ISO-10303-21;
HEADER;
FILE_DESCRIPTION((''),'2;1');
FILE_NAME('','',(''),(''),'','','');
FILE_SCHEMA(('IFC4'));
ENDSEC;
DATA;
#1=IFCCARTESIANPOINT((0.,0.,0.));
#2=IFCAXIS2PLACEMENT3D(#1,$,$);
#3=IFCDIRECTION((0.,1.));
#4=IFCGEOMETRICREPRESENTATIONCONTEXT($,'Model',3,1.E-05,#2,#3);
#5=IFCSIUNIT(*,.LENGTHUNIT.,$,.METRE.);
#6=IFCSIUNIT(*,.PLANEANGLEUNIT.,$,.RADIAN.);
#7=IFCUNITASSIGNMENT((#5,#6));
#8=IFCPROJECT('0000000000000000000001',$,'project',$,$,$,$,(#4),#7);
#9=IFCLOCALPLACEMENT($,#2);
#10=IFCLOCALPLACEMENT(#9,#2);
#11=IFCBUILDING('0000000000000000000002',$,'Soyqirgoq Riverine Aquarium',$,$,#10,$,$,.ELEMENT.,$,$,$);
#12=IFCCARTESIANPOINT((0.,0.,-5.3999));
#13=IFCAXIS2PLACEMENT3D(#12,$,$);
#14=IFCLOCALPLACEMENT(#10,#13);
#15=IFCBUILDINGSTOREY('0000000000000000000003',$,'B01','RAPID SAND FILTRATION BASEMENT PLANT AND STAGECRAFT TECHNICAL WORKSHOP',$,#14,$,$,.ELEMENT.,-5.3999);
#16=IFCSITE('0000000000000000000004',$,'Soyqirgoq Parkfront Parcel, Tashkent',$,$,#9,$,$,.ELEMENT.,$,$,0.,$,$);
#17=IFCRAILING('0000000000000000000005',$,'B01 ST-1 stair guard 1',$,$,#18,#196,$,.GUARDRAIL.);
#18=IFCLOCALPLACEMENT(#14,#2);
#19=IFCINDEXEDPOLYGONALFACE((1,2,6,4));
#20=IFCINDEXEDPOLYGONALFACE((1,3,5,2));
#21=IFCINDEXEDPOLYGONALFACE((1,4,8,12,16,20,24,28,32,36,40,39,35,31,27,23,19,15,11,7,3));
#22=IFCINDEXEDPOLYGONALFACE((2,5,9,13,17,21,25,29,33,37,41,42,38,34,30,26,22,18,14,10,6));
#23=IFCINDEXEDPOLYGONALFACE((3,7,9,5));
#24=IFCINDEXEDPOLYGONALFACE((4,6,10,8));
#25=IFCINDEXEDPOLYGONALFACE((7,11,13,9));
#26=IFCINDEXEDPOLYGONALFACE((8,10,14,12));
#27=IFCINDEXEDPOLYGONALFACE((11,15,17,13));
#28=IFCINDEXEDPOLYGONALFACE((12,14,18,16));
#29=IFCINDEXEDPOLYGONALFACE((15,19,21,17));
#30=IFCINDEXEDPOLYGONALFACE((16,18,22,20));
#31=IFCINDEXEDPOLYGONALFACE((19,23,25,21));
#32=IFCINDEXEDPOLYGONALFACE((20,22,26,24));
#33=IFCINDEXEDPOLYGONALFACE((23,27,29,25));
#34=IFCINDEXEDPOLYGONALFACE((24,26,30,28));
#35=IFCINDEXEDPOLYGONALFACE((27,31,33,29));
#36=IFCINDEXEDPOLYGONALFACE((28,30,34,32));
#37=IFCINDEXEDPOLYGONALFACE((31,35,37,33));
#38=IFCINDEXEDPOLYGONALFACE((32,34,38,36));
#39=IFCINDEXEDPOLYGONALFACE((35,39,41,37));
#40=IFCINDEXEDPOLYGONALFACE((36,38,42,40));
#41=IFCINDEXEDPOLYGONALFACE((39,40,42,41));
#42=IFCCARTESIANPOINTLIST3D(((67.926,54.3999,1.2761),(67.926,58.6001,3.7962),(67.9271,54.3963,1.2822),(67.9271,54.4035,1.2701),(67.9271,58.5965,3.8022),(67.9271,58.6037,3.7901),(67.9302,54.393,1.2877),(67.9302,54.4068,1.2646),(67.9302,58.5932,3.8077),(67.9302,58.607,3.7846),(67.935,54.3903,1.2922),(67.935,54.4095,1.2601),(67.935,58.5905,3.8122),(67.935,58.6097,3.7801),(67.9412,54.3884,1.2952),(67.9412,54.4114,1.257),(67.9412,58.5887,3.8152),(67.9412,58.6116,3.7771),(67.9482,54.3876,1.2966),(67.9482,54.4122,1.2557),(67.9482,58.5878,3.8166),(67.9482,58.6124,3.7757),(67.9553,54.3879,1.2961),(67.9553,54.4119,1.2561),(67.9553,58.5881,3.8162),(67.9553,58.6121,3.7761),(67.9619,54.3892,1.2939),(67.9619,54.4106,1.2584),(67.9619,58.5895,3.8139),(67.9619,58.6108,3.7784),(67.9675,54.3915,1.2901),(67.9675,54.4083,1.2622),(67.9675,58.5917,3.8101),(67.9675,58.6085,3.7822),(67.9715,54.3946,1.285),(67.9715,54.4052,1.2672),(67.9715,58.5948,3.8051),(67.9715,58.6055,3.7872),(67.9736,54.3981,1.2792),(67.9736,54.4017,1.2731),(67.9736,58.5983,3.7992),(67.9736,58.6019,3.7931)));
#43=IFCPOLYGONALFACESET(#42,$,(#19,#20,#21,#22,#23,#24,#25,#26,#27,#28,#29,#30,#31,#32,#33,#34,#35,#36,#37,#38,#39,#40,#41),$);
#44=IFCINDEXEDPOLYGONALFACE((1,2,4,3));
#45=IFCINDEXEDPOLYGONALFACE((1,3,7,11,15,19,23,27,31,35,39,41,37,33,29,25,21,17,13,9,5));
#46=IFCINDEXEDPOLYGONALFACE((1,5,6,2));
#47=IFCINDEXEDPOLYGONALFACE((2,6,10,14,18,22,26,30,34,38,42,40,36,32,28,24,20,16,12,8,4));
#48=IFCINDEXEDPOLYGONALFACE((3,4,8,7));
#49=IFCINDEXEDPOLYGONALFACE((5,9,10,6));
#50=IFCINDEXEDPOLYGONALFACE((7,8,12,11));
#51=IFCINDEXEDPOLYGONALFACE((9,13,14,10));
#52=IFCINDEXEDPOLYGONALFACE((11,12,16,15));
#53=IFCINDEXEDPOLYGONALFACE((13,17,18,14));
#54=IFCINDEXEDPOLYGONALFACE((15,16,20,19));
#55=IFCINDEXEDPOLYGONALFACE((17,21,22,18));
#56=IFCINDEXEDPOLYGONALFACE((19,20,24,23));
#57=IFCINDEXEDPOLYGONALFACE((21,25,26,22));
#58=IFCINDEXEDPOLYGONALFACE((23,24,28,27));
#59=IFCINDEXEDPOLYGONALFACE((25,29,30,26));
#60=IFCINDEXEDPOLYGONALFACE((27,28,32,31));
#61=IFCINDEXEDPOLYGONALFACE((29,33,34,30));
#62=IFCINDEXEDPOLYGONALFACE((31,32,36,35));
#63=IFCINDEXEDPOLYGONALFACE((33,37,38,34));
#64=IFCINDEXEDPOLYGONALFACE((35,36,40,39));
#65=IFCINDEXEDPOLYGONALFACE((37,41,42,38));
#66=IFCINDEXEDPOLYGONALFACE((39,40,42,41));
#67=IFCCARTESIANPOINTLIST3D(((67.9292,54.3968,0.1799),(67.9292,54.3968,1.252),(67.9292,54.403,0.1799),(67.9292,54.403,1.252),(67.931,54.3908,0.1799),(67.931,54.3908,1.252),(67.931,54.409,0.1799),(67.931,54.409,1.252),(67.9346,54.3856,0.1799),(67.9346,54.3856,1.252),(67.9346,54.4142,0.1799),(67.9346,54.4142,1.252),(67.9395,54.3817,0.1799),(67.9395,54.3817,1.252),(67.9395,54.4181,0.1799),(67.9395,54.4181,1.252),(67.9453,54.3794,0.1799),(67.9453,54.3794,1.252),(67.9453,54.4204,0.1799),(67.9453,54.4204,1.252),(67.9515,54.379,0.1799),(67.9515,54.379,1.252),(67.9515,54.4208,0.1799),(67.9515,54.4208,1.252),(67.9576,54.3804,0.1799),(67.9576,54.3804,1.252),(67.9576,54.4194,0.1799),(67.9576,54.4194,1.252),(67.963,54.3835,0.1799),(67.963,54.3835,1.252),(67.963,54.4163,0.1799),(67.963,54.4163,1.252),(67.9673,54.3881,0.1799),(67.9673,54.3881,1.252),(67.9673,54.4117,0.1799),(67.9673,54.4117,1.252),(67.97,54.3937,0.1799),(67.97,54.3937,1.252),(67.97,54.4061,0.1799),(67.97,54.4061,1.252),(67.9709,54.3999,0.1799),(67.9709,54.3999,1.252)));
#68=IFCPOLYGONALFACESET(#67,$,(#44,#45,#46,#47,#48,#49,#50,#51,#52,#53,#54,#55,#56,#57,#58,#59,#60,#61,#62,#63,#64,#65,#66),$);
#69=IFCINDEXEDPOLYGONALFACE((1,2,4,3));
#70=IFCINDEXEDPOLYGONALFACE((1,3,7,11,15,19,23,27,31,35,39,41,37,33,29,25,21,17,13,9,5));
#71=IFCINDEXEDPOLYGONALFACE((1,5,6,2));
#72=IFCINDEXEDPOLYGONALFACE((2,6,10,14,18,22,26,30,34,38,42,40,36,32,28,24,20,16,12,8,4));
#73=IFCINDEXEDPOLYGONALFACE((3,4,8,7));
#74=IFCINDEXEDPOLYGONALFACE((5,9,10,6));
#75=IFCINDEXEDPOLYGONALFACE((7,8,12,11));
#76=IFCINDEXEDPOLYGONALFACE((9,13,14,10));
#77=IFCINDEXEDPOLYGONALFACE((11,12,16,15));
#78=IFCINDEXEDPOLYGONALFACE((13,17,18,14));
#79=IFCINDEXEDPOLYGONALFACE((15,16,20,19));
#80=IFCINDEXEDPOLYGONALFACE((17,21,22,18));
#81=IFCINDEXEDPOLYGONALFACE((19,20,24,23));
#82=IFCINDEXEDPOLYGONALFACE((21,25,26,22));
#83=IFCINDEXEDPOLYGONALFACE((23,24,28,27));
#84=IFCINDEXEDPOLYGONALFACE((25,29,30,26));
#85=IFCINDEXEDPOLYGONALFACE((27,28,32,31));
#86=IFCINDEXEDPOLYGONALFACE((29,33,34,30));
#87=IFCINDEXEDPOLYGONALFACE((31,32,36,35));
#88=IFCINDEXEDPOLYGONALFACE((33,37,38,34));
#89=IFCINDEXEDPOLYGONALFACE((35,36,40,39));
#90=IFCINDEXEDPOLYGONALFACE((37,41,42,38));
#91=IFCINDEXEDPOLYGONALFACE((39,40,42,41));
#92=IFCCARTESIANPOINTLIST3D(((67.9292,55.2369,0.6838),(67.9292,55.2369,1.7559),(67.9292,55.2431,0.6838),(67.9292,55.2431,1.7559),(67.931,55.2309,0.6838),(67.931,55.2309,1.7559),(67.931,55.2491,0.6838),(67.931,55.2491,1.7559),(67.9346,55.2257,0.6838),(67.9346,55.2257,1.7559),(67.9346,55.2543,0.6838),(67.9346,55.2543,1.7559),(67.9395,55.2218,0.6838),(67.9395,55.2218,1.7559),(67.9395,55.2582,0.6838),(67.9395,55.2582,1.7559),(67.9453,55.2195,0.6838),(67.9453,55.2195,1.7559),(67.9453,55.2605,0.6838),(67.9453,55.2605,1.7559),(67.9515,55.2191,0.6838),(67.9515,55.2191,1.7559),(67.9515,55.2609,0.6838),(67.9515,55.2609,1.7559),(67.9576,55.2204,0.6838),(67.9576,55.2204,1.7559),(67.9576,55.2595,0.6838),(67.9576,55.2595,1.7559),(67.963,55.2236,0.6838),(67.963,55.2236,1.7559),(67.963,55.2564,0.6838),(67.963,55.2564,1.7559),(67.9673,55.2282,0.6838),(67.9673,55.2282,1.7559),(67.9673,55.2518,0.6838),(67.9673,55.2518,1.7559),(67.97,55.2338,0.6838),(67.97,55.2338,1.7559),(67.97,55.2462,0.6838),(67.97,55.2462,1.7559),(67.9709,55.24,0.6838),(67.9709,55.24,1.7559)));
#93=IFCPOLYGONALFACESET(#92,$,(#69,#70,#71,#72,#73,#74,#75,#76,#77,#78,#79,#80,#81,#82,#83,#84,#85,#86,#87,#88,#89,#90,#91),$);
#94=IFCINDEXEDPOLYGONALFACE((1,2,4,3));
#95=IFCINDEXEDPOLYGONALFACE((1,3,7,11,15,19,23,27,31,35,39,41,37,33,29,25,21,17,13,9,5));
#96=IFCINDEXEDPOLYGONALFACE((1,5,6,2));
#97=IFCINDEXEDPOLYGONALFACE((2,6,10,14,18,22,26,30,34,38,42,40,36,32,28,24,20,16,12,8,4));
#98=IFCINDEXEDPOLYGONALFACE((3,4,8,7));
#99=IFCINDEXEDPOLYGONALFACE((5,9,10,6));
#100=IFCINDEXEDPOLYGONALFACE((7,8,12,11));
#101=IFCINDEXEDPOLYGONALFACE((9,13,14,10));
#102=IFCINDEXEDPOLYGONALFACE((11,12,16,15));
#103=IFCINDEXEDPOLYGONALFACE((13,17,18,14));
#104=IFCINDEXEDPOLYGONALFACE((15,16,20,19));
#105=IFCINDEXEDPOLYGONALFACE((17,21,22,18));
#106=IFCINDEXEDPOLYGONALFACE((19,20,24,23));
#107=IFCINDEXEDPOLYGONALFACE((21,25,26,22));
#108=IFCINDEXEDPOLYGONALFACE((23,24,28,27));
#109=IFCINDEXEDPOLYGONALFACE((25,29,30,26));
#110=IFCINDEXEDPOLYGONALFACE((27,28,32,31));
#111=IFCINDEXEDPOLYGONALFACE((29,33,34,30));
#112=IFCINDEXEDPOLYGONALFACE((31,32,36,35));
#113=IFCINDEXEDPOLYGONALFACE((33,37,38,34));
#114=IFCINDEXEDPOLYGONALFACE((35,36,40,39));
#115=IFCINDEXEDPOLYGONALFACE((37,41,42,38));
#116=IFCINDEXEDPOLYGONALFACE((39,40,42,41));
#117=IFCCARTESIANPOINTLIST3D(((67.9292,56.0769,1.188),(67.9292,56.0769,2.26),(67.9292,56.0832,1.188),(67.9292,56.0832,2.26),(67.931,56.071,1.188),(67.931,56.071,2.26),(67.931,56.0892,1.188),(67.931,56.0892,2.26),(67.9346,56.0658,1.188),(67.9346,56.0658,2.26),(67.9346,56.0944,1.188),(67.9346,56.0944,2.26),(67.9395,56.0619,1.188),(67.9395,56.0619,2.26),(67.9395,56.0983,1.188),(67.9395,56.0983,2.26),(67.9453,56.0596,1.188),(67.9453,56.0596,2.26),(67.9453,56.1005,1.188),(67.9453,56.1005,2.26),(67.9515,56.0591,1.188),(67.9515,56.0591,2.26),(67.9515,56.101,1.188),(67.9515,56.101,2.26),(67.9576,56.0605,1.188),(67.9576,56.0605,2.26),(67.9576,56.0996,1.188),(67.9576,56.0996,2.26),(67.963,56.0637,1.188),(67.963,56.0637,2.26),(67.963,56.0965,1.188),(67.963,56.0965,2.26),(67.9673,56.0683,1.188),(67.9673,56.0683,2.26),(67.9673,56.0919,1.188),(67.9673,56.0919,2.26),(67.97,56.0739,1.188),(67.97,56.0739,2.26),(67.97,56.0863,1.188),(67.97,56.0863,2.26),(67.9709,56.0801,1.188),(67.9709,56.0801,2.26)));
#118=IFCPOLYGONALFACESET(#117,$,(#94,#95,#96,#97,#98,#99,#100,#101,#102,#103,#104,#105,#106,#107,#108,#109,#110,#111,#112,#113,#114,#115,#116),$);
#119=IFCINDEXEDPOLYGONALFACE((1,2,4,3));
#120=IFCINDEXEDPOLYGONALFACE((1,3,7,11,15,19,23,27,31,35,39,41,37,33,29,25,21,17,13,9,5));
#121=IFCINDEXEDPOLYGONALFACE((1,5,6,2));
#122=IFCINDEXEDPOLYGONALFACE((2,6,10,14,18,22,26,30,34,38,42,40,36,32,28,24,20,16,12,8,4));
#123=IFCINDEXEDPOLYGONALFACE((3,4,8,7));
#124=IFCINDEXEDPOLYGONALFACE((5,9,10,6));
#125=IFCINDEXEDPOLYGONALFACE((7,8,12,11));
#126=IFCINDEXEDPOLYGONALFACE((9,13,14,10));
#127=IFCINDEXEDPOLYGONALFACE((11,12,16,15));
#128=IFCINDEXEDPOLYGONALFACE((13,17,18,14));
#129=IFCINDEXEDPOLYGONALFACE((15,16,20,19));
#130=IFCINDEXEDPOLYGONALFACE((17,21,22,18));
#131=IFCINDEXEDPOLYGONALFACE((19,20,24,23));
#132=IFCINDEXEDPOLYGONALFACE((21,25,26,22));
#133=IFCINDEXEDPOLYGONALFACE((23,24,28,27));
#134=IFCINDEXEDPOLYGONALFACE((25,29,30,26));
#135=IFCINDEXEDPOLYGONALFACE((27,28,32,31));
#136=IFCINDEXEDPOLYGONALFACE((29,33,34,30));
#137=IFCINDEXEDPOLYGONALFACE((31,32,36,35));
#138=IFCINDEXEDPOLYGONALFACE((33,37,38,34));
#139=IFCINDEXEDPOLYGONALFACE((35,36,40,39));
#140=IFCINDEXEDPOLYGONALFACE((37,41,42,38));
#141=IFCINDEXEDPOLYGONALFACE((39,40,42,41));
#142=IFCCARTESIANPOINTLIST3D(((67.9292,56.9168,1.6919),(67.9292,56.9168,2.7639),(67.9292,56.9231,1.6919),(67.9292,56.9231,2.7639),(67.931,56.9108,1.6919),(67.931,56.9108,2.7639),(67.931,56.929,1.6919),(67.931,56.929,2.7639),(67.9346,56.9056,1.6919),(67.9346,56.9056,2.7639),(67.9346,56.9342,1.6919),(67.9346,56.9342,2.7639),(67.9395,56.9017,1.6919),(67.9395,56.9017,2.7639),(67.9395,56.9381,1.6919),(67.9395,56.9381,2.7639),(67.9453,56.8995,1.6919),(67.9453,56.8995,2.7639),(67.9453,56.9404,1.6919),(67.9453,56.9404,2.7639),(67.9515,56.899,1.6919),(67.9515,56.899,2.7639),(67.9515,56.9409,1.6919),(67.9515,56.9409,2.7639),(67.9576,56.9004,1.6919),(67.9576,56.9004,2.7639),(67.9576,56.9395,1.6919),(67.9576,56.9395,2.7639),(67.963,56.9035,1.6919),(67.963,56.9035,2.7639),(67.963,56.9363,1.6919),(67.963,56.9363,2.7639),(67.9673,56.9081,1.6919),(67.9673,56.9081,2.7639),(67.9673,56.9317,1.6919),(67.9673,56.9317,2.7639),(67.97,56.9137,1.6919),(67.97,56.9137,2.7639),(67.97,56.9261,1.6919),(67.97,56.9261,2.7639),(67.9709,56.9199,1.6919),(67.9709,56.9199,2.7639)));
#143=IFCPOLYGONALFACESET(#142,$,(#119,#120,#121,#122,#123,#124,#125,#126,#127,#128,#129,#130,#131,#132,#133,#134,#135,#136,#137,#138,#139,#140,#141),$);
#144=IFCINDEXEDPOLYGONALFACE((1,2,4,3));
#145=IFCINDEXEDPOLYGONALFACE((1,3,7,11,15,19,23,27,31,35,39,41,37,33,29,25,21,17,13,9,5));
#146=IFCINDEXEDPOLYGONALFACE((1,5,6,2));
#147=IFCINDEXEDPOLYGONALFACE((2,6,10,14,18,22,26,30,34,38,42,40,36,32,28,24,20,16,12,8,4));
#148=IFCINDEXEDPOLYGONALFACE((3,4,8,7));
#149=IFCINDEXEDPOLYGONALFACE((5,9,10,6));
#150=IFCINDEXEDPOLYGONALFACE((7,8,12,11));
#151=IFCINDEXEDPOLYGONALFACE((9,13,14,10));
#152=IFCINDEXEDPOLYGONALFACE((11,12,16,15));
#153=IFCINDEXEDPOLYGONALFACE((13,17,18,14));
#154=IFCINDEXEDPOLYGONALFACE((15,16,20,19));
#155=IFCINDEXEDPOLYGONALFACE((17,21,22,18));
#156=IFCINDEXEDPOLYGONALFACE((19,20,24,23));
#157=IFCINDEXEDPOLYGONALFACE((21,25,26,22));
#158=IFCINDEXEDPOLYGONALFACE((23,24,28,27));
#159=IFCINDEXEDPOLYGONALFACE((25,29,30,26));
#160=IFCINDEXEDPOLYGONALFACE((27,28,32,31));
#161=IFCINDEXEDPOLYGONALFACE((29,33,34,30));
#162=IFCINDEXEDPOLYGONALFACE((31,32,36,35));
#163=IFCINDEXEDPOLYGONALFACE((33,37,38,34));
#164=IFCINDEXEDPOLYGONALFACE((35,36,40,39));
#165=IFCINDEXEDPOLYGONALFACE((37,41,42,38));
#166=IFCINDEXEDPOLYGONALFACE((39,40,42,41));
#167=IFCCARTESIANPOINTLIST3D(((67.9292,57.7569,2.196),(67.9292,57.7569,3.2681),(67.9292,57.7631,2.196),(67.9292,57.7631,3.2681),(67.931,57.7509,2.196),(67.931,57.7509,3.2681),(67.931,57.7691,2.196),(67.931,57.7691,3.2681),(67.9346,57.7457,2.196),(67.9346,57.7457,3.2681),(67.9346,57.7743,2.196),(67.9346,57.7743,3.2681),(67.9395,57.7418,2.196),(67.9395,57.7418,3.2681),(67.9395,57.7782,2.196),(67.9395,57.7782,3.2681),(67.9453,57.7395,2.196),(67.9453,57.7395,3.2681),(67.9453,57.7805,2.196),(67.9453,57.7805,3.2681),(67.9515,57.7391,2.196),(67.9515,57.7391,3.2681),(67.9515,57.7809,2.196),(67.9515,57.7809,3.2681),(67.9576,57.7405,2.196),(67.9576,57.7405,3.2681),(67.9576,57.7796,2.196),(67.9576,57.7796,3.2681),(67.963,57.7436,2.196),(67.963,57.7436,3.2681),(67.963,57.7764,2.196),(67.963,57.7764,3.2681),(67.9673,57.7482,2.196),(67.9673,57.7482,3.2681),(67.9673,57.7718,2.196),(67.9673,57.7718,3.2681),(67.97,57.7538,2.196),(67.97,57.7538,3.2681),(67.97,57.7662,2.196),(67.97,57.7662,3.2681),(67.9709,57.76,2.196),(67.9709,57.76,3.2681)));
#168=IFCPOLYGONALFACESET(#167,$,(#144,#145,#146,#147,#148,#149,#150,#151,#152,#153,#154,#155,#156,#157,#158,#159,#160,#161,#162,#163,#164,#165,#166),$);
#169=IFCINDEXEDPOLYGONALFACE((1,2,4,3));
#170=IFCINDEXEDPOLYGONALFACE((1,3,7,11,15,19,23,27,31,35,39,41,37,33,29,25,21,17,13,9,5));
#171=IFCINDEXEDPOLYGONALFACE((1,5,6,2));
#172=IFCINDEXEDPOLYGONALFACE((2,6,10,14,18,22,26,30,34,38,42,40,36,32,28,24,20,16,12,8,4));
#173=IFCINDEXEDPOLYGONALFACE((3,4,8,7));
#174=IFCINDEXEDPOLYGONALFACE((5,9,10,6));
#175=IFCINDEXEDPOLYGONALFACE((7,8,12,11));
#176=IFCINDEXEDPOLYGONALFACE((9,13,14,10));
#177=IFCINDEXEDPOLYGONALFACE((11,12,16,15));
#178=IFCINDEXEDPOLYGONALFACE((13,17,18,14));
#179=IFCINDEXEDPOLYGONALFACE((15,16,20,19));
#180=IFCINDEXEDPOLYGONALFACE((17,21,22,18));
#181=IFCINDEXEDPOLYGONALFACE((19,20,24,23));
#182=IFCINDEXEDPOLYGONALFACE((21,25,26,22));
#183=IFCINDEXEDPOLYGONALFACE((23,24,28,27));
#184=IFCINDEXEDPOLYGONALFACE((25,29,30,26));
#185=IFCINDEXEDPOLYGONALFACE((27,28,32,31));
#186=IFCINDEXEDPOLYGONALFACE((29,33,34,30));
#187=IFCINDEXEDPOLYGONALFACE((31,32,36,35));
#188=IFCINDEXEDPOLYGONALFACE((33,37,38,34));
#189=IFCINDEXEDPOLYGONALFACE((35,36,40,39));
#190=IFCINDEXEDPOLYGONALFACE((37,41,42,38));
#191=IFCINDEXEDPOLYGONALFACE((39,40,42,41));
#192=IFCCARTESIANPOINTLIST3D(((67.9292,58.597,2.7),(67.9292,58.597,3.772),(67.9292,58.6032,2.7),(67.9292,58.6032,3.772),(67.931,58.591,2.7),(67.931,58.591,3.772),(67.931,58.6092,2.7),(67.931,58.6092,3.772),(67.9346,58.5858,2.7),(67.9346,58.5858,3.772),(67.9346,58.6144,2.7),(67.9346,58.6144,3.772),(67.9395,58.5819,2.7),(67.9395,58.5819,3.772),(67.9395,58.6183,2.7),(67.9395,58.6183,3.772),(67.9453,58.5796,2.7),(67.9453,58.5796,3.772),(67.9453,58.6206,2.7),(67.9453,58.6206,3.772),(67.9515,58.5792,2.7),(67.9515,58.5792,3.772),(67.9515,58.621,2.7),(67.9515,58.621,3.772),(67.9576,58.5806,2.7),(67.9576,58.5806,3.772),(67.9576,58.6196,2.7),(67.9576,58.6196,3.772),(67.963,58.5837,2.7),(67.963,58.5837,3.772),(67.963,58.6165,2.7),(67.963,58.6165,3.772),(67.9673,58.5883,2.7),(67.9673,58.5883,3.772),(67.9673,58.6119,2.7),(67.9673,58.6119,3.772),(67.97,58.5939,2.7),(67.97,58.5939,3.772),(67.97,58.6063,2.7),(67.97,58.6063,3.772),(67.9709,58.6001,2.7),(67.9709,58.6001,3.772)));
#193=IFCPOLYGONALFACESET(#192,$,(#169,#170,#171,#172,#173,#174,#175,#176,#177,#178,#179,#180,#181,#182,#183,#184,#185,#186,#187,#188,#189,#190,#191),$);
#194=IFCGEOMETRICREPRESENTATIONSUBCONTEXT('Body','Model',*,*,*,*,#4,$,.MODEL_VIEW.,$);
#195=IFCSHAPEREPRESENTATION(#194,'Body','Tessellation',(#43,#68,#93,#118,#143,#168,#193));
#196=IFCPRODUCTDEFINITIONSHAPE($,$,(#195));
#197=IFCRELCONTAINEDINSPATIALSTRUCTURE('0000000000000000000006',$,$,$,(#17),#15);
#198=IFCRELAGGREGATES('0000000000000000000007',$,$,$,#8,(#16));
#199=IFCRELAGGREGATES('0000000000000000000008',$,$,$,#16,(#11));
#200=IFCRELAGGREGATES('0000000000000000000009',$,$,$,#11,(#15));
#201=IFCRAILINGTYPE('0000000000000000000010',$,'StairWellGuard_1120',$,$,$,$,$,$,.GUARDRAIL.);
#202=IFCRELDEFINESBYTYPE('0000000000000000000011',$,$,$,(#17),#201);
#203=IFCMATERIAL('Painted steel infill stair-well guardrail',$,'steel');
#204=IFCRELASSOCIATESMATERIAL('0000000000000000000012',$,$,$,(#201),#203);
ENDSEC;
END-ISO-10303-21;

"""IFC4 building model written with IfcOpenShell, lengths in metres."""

from ifc_helpers import new_model, si_unit, direction, frame, origin, origin_2d, place, context, subcontext, project, spatial, circle, extrude, material, type_object, element, save


model = new_model("IFC4")

# Units and contexts
model_context = context("Model", 3, precision=1e-05, world=origin(), true_north=direction((0.0, 1.0)))
body_context = subcontext(model_context, "Body", "Model", "MODEL_VIEW")
ifc_project = project(units=[si_unit("LENGTHUNIT", "METRE"), si_unit("PLANEANGLEUNIT", "RADIAN")], contexts=[model_context])

# Site, building, storey
site_placement = place(None, origin())
site = spatial("IfcSite", under=ifc_project, at=site_placement, Name="Soyqirgoq Parkfront Parcel, Tashkent", CompositionType="ELEMENT", RefElevation=0.0)
building_placement = place(site_placement, origin())
building = spatial("IfcBuilding", under=site, at=building_placement, Name="Soyqirgoq Riverine Aquarium", CompositionType="ELEMENT")
storey_placement = place(building_placement, frame((0.0, 0.0, -5.3999)))
storey = spatial("IfcBuildingStorey", under=building, at=storey_placement, Name="B01", Description="RAPID SAND FILTRATION BASEMENT PLANT AND STAGECRAFT TECHNICAL WORKSHOP", CompositionType="ELEMENT", Elevation=-5.3999)

# Railing
ifc_material_1 = material(Name="Painted steel infill stair-well guardrail", Category="steel")
railing_type_1 = type_object("IfcRailingType", Name="StairWellGuard_1120", PredefinedType="GUARDRAIL", material=ifc_material_1)
railing_1_placement = place(storey_placement, frame((67.95, 54.3999, 0.1799)))
element("IfcRailing", 1, at=railing_1_placement, inside=storey, type_object=railing_type_1, Name="B01 ST-1 stair guard 1", PredefinedType="GUARDRAIL", context=body_context, shape_type="SweptSolid", body=[
    extrude(circle(Radius=0.0239, at=origin_2d()), frame((0.0, 0.0, 1.0962), z_axis=(0.0, 0.857502, 0.514481), x_axis=(-1.0, 0.0, 0.0)), (0.0, 0.0, 1.0), 4.8982),
    extrude(circle(Radius=0.021, at=origin_2d()), origin(), (0.0, 0.0, 1.0), 1.072),
    extrude(circle(Radius=0.021, at=origin_2d()), frame((0.0, 0.8401, 0.5039)), (0.0, 0.0, 1.0), 1.072),
    extrude(circle(Radius=0.021, at=origin_2d()), frame((0.0, 1.6802, 1.0081)), (0.0, 0.0, 1.0), 1.072),
    extrude(circle(Radius=0.021, at=origin_2d()), frame((0.0, 2.52, 1.512)), (0.0, 0.0, 1.0), 1.072),
    extrude(circle(Radius=0.021, at=origin_2d()), frame((0.0, 3.3601, 2.0161)), (0.0, 0.0, 1.0), 1.072),
    extrude(circle(Radius=0.021, at=origin_2d()), frame((0.0, 4.2002, 2.52)), (0.0, 0.0, 1.0), 1.072),
])

save(model, "model.ifc")
